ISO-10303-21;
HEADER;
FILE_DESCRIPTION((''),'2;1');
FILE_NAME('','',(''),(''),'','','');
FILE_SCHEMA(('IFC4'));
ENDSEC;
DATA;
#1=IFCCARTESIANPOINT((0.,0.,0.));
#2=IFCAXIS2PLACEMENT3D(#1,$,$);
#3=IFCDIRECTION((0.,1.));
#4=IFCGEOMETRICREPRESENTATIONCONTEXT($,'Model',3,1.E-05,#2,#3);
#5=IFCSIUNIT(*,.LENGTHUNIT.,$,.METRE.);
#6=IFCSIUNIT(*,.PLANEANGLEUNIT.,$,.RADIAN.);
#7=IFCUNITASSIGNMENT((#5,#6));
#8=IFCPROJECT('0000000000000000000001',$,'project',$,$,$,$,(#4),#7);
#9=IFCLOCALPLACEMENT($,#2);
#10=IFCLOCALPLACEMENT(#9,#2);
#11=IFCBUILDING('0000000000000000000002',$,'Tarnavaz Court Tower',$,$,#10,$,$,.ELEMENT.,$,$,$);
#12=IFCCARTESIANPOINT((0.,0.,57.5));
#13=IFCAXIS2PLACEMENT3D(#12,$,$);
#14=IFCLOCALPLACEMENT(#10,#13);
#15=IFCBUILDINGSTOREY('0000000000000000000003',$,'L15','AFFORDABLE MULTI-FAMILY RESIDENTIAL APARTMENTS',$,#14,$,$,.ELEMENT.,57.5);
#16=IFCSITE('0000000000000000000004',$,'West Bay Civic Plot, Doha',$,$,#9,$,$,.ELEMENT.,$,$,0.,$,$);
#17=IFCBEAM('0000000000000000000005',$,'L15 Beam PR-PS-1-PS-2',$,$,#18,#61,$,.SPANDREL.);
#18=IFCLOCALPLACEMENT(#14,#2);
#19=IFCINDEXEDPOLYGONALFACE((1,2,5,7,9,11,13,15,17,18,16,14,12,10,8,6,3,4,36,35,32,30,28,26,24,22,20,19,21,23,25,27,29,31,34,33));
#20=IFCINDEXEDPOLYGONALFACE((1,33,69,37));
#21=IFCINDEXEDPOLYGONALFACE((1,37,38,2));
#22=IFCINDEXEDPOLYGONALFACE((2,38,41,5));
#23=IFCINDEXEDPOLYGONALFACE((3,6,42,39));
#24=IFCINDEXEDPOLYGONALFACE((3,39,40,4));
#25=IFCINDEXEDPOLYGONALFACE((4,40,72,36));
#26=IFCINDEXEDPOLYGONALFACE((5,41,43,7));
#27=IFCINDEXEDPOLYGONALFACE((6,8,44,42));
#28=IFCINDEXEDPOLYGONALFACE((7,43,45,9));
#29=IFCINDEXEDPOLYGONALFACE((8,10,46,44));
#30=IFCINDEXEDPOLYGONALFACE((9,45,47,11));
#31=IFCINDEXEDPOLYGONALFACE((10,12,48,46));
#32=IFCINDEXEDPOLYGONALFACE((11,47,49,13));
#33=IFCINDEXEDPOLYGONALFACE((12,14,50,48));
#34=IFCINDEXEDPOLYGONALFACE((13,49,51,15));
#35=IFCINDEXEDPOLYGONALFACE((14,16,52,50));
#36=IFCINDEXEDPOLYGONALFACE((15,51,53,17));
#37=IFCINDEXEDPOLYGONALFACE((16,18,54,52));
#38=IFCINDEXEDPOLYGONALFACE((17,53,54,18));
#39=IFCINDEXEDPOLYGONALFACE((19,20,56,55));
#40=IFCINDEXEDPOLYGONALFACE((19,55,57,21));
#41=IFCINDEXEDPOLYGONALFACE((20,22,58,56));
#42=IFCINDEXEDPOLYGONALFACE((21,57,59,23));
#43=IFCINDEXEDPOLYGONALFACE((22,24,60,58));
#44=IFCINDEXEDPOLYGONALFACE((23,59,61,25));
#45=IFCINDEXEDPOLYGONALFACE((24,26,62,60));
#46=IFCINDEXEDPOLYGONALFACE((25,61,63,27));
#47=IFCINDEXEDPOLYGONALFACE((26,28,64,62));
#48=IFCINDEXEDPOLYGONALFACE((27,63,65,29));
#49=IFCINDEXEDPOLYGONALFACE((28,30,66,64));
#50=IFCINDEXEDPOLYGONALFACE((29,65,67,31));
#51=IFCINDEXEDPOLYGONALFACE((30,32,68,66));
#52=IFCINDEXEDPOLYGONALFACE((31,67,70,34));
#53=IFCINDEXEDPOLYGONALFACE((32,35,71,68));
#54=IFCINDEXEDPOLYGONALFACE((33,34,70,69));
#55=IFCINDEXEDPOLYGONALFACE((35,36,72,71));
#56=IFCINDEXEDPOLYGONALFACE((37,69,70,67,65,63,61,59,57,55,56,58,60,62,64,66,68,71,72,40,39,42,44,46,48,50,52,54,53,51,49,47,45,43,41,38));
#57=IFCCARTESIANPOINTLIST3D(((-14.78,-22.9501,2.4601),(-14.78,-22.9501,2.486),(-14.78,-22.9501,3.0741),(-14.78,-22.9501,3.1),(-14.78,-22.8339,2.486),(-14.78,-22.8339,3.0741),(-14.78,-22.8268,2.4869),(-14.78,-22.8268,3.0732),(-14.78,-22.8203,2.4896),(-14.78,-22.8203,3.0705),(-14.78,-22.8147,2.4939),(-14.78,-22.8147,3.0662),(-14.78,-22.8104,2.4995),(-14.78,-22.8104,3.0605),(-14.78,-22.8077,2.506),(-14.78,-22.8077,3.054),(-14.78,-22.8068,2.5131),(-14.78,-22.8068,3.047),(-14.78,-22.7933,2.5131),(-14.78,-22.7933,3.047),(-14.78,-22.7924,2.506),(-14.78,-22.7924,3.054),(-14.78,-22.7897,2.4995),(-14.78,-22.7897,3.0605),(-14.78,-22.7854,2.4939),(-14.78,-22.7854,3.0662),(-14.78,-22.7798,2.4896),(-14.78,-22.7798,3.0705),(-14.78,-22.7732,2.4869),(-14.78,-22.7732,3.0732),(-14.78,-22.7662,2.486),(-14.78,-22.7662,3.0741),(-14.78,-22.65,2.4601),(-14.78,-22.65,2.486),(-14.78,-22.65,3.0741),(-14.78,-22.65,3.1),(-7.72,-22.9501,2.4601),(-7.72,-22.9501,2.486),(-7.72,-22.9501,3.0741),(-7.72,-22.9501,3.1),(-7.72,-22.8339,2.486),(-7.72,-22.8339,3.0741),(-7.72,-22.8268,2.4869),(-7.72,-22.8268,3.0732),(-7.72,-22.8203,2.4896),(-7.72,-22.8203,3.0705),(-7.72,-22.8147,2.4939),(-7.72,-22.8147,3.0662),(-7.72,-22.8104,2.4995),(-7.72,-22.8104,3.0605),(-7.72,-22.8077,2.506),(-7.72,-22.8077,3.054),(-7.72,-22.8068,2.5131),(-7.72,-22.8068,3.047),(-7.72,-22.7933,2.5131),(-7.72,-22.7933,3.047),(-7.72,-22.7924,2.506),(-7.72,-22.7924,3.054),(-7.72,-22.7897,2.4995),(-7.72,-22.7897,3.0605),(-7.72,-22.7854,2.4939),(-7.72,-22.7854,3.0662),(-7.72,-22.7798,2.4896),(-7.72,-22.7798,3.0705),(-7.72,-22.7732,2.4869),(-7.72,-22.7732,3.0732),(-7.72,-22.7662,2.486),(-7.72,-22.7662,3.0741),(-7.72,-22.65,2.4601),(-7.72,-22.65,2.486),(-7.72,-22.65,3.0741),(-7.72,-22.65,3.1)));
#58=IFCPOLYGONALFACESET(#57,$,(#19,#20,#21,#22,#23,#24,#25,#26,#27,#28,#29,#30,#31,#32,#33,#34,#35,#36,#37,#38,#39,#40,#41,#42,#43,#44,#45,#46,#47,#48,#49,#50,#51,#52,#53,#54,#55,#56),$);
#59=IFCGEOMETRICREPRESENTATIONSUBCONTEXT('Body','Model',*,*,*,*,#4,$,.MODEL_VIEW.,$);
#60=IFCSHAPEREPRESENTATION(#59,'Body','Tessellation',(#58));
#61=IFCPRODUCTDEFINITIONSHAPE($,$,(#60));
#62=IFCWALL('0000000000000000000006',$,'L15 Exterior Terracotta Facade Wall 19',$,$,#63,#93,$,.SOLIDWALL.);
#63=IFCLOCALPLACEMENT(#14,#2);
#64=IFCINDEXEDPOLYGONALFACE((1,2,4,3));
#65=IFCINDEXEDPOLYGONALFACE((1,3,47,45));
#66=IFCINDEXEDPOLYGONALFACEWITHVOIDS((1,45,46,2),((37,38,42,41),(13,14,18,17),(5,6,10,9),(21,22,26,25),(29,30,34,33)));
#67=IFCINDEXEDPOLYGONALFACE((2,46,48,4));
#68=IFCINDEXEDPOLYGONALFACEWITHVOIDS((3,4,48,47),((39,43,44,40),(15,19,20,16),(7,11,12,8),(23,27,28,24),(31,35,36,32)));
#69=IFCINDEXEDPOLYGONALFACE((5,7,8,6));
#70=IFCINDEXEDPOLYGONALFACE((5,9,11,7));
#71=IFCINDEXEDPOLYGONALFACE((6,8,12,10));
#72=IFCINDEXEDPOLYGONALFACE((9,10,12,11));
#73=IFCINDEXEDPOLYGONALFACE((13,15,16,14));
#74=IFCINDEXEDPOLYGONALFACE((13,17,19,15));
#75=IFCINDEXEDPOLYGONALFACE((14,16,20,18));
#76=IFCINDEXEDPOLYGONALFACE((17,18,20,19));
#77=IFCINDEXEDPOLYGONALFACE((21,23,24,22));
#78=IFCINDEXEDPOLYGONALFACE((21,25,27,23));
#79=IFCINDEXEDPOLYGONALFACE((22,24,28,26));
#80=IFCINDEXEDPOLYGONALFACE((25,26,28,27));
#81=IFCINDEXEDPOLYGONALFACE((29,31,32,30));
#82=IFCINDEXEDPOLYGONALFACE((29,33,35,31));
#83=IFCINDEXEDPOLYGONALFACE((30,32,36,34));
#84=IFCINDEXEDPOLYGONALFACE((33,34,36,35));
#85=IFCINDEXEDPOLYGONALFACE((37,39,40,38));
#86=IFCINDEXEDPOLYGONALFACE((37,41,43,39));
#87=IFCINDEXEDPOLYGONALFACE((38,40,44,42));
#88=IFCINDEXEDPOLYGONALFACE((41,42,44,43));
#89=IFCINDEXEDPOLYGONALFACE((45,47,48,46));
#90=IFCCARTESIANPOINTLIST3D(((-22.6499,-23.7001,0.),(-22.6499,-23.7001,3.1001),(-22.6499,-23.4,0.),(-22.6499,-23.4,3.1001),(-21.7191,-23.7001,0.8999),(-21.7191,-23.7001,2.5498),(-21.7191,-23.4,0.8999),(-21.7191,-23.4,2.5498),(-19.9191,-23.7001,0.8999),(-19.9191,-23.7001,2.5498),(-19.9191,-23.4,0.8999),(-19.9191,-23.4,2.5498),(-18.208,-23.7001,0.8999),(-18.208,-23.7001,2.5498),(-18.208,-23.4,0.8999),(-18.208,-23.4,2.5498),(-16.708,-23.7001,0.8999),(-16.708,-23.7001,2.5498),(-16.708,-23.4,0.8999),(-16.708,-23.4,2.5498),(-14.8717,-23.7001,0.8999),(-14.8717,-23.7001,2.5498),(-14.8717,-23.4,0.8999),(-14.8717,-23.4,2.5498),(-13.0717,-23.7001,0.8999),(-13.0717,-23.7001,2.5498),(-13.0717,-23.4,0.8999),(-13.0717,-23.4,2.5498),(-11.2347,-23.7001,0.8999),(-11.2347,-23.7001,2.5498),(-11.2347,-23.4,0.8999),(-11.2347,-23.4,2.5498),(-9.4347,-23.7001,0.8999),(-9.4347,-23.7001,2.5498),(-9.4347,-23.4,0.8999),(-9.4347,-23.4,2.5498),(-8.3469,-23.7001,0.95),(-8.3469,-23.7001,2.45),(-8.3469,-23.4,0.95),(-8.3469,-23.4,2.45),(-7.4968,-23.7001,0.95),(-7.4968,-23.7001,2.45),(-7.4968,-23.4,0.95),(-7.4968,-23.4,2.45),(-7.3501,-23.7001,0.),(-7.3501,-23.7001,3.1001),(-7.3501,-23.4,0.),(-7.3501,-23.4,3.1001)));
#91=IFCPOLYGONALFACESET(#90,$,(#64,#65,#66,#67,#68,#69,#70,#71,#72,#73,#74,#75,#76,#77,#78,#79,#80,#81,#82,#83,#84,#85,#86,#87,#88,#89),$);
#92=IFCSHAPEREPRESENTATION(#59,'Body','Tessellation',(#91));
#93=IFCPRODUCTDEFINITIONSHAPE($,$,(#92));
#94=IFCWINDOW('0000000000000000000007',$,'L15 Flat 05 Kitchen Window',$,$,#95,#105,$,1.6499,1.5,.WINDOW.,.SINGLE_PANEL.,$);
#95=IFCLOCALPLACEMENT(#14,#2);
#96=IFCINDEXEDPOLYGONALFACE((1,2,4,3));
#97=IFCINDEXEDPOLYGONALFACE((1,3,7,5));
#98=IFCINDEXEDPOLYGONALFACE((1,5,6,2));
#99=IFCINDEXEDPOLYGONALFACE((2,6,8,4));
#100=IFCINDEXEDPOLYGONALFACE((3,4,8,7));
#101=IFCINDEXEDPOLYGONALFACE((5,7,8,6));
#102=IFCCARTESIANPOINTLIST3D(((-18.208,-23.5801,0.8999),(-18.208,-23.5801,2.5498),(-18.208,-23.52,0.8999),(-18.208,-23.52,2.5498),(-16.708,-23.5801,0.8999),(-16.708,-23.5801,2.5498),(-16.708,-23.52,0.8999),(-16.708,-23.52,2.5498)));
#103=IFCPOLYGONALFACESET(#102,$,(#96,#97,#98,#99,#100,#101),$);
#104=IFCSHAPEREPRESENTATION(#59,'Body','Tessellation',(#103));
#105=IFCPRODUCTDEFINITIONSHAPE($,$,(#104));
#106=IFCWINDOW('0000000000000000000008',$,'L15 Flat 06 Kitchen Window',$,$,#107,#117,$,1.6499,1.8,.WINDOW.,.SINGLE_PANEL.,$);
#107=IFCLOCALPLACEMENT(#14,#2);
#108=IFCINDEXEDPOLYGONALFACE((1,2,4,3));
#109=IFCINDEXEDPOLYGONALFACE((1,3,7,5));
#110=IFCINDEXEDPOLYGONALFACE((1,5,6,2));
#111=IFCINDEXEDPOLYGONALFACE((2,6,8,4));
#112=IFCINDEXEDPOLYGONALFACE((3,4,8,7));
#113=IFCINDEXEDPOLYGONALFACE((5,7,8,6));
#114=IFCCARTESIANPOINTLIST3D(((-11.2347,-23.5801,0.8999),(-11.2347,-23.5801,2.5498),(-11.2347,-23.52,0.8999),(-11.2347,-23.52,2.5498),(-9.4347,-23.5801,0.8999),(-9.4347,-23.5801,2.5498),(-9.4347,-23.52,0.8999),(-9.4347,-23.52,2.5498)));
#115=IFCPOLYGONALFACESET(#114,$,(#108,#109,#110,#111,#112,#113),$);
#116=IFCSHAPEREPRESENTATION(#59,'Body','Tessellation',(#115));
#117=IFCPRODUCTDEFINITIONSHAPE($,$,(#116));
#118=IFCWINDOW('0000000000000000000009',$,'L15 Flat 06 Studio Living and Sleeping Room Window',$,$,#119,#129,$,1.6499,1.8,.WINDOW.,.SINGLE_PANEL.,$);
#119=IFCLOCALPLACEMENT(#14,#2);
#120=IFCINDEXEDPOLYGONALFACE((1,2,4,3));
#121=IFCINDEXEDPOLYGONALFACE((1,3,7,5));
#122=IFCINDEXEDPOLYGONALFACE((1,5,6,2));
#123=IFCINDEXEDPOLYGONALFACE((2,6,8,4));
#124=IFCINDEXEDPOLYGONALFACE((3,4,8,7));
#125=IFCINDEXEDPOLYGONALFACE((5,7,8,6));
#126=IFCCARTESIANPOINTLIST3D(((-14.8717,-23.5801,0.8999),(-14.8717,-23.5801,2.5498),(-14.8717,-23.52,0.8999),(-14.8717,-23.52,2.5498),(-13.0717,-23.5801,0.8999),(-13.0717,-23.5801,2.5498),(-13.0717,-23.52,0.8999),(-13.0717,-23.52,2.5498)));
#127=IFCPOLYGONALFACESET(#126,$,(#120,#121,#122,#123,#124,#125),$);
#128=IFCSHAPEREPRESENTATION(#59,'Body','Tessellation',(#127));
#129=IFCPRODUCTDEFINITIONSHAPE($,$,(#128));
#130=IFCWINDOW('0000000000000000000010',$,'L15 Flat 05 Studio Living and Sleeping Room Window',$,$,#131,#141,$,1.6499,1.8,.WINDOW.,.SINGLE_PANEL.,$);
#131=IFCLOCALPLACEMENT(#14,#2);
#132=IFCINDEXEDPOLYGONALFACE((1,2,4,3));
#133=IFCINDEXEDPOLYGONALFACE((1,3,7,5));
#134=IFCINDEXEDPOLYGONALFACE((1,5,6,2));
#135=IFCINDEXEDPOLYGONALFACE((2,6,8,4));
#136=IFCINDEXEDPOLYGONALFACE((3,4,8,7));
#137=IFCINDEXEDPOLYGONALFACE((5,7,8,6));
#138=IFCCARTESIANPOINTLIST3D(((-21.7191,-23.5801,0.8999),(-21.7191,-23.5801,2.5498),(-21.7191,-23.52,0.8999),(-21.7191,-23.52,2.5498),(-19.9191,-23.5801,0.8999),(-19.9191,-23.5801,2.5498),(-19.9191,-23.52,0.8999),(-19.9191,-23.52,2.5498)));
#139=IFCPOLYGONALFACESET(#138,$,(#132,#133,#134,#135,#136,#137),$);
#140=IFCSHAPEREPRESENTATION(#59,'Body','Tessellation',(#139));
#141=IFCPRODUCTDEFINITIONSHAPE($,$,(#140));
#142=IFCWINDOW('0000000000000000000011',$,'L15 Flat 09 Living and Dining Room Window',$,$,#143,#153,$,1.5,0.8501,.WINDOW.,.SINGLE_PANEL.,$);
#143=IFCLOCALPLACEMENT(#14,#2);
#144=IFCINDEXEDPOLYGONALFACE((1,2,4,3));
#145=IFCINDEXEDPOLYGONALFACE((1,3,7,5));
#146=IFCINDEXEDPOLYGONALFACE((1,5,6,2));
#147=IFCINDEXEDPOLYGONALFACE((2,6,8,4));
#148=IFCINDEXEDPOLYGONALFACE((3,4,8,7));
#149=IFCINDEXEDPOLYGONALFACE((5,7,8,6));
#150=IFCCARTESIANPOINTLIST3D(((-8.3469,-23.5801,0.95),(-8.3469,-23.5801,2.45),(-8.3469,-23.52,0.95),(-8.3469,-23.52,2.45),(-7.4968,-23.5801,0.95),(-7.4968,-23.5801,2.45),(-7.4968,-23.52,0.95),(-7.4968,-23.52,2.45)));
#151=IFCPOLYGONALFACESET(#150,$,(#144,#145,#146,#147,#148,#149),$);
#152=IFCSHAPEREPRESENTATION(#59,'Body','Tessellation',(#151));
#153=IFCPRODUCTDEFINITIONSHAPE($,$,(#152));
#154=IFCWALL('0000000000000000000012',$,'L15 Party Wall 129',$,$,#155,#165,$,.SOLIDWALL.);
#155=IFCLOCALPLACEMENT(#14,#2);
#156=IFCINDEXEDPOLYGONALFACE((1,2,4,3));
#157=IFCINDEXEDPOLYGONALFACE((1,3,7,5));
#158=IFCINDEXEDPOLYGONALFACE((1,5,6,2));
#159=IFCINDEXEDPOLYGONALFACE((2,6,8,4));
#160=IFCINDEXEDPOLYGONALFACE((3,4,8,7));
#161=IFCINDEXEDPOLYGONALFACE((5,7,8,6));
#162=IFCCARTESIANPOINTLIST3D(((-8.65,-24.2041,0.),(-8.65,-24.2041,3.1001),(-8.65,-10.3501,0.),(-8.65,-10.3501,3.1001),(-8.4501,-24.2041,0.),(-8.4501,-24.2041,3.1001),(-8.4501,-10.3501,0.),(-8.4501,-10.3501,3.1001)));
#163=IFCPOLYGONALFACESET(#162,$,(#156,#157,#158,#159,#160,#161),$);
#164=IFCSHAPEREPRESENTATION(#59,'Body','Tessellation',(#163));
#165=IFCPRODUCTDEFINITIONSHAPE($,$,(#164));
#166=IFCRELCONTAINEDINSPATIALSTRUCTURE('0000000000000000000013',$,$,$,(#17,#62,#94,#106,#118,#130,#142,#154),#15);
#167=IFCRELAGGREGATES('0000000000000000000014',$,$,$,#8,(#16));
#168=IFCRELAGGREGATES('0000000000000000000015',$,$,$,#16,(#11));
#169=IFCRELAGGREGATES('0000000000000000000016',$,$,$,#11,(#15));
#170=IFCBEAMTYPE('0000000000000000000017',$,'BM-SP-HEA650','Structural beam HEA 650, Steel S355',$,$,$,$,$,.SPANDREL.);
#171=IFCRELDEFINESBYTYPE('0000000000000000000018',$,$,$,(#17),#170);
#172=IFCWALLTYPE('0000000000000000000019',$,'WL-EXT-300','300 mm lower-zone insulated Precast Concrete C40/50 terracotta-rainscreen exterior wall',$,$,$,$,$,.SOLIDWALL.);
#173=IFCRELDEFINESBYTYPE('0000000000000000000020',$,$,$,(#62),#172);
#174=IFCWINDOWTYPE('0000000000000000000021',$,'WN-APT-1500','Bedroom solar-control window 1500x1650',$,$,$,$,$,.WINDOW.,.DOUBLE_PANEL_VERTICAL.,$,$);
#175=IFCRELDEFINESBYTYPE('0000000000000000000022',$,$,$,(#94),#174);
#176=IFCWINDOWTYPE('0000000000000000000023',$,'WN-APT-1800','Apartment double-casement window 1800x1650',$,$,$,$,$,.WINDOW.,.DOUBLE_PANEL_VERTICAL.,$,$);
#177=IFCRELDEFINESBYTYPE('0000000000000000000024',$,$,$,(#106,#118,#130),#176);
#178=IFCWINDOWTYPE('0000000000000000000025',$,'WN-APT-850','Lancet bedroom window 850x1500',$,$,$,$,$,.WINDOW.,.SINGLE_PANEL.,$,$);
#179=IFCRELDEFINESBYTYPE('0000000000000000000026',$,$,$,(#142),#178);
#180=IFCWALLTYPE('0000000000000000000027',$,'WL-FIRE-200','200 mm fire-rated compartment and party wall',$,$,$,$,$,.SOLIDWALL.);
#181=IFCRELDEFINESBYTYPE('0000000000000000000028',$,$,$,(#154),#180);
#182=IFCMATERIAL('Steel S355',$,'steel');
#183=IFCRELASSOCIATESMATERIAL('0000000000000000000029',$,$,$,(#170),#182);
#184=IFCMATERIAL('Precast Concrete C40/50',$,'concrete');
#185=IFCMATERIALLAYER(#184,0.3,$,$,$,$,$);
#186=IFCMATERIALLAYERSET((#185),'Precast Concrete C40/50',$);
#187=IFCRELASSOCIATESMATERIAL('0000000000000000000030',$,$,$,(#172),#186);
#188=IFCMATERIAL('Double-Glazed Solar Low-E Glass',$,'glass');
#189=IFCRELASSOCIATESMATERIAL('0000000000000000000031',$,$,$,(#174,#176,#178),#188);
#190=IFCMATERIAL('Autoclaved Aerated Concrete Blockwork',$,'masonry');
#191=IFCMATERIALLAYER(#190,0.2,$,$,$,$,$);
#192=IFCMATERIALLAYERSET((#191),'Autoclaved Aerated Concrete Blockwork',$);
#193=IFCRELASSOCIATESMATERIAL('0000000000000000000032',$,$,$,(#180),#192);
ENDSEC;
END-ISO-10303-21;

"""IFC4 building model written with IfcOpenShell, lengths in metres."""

from ifc_helpers import new_model, si_unit, direction, frame, frame_2d, origin, origin_2d, place, context, subcontext, project, spatial, rectangle, i_section, extrude, material, layer, layer_set, material_profile, profile_set, type_object, element, fill, save


model = new_model("IFC4")

# Units and contexts
model_context = context("Model", 3, precision=1e-05, world=origin(), true_north=direction((0.0, 1.0)))
body_context = subcontext(model_context, "Body", "Model", "MODEL_VIEW")
ifc_project = project(units=[si_unit("LENGTHUNIT", "METRE"), si_unit("PLANEANGLEUNIT", "RADIAN")], contexts=[model_context])

# Site, building, storey
site_placement = place(None, origin())
site = spatial("IfcSite", under=ifc_project, at=site_placement, Name="West Bay Civic Plot, Doha", CompositionType="ELEMENT", RefElevation=0.0)
building_placement = place(site_placement, origin())
building = spatial("IfcBuilding", under=site, at=building_placement, Name="Tarnavaz Court Tower", CompositionType="ELEMENT")
storey_placement = place(building_placement, frame((0.0, 0.0, 57.5)))
storey = spatial("IfcBuildingStorey", under=building, at=storey_placement, Name="L15", Description="AFFORDABLE MULTI-FAMILY RESIDENTIAL APARTMENTS", CompositionType="ELEMENT", Elevation=57.5)

# Beam
ifc_material_1 = material(Name="Steel S355", Category="steel")
ifc_material_profile_1 = material_profile(ifc_material_1, i_section(OverallWidth=0.3, OverallDepth=0.6399, WebThickness=0.0134, FlangeThickness=0.0259, FilletRadius=0.0271, at=origin_2d()), Name="HEA 650")
ifc_profile_set_1 = profile_set([ifc_material_profile_1], Name="Steel S355")
beam_type_1 = type_object("IfcBeamType", Name="BM-SP-HEA650", Description="Structural beam HEA 650, Steel S355", PredefinedType="SPANDREL", material=ifc_profile_set_1)
beam_1_placement = place(storey_placement, frame((-14.78, -22.8, 2.78), z_axis=(1.0, 0.0, 0.0), x_axis=(0.0, 1.0, 0.0)))
element("IfcBeam", 1, at=beam_1_placement, inside=storey, type_object=beam_type_1, Name="L15 Beam PR-PS-1-PS-2", PredefinedType="SPANDREL", context=body_context, shape_type="SweptSolid", body=[
    extrude(i_section(OverallWidth=0.3, OverallDepth=0.6399, WebThickness=0.0134, FlangeThickness=0.0259, FilletRadius=0.0271, at=origin_2d()), origin(), (0.0, 0.0, 1.0), 7.0601),
])

# Wall, openings, windows
ifc_material_2 = material(Name="Precast Concrete C40/50", Category="concrete")
ifc_layer_1 = layer(ifc_material_2, 0.3)
ifc_layer_set_1 = layer_set([ifc_layer_1], Name="Precast Concrete C40/50")
wall_type_1 = type_object("IfcWallType", Name="WL-EXT-300", Description="300 mm lower-zone insulated Precast Concrete C40/50 terracotta-rainscreen exterior wall", PredefinedType="SOLIDWALL", material=ifc_layer_set_1)
wall_1_placement = place(storey_placement, frame((-7.3501, -23.55, 0.0), z_axis=(0.0, 0.0, 1.0), x_axis=(-1.0, 0.0, 0.0)))
wall_1 = element("IfcWall", 2, at=wall_1_placement, inside=storey, type_object=wall_type_1, Name="L15 Exterior Terracotta Facade Wall 19", PredefinedType="SOLIDWALL", context=body_context, shape_type="SweptSolid", body=[
    extrude(rectangle(XDim=15.2998, YDim=0.3, at=frame_2d((7.6499, 0.0))), origin(), (0.0, 0.0, 1.0), 3.1001),
])
opening_1_placement = place(wall_1_placement, frame((0.1467, 0.0, 0.95)))
opening_1 = element("IfcOpeningElement", 3, at=opening_1_placement, cuts=wall_1, PredefinedType="OPENING", context=body_context, shape_type="SweptSolid", body=[
    extrude(rectangle(XDim=0.8501, YDim=1.5, at=frame_2d((0.425, 0.75))), frame((0.0, 0.1599, 0.0), z_axis=(0.0, -1.0, 0.0), x_axis=(1.0, 0.0, 0.0)), (0.0, 0.0, 1.0), 0.3201),
])
opening_2_placement = place(wall_1_placement, frame((2.0847, 0.0, 0.8999)))
opening_2 = element("IfcOpeningElement", 4, at=opening_2_placement, cuts=wall_1, PredefinedType="OPENING", context=body_context, shape_type="SweptSolid", body=[
    extrude(rectangle(XDim=1.8, YDim=1.6499, at=frame_2d((0.8999, 0.825))), frame((0.0, 0.1599, 0.0), z_axis=(0.0, -1.0, 0.0), x_axis=(1.0, 0.0, 0.0)), (0.0, 0.0, 1.0), 0.3201),
])
opening_3_placement = place(wall_1_placement, frame((5.7217, 0.0, 0.8999)))
opening_3 = element("IfcOpeningElement", 5, at=opening_3_placement, cuts=wall_1, PredefinedType="OPENING", context=body_context, shape_type="SweptSolid", body=[
    extrude(rectangle(XDim=1.8, YDim=1.6499, at=frame_2d((0.8999, 0.825))), frame((0.0, 0.1599, 0.0), z_axis=(0.0, -1.0, 0.0), x_axis=(1.0, 0.0, 0.0)), (0.0, 0.0, 1.0), 0.3201),
])
opening_4_placement = place(wall_1_placement, frame((9.3579, 0.0, 0.8999)))
opening_4 = element("IfcOpeningElement", 6, at=opening_4_placement, cuts=wall_1, PredefinedType="OPENING", context=body_context, shape_type="SweptSolid", body=[
    extrude(rectangle(XDim=1.5, YDim=1.6499, at=frame_2d((0.75, 0.825))), frame((0.0, 0.1599, 0.0), z_axis=(0.0, -1.0, 0.0), x_axis=(1.0, 0.0, 0.0)), (0.0, 0.0, 1.0), 0.3201),
])
opening_5_placement = place(wall_1_placement, frame((12.5691, 0.0, 0.8999)))
opening_5 = element("IfcOpeningElement", 7, at=opening_5_placement, cuts=wall_1, PredefinedType="OPENING", context=body_context, shape_type="SweptSolid", body=[
    extrude(rectangle(XDim=1.8, YDim=1.6499, at=frame_2d((0.8999, 0.825))), frame((0.0, 0.1599, 0.0), z_axis=(0.0, -1.0, 0.0), x_axis=(1.0, 0.0, 0.0)), (0.0, 0.0, 1.0), 0.3201),
])
ifc_material_3 = material(Name="Double-Glazed Solar Low-E Glass", Category="glass")
window_type_1 = type_object("IfcWindowType", Name="WN-APT-1500", Description="Bedroom solar-control window 1500x1650", PartitioningType="DOUBLE_PANEL_VERTICAL", PredefinedType="WINDOW", material=ifc_material_3)
window_1_placement = place(opening_4_placement, origin())
window_1 = element("IfcWindow", 8, at=window_1_placement, inside=storey, type_object=window_type_1, Name="L15 Flat 05 Kitchen Window", OverallHeight=1.6499, OverallWidth=1.5, PartitioningType="SINGLE_PANEL", PredefinedType="WINDOW", context=body_context, shape_type="SweptSolid", body=[
    extrude(rectangle(XDim=1.5, YDim=1.6499, at=frame_2d((0.75, 0.825))), frame((0.0, 0.03, 0.0), z_axis=(0.0, -1.0, 0.0), x_axis=(1.0, 0.0, 0.0)), (0.0, 0.0, 1.0), 0.0601),
])
fill(opening_4, window_1)
window_type_2 = type_object("IfcWindowType", Name="WN-APT-1800", Description="Apartment double-casement window 1800x1650", PartitioningType="DOUBLE_PANEL_VERTICAL", PredefinedType="WINDOW", material=ifc_material_3)
window_2_placement = place(opening_2_placement, origin())
window_2 = element("IfcWindow", 9, at=window_2_placement, inside=storey, type_object=window_type_2, Name="L15 Flat 06 Kitchen Window", OverallHeight=1.6499, OverallWidth=1.8, PartitioningType="SINGLE_PANEL", PredefinedType="WINDOW", context=body_context, shape_type="SweptSolid", body=[
    extrude(rectangle(XDim=1.8, YDim=1.6499, at=frame_2d((0.8999, 0.825))), frame((0.0, 0.03, 0.0), z_axis=(0.0, -1.0, 0.0), x_axis=(1.0, 0.0, 0.0)), (0.0, 0.0, 1.0), 0.0601),
])
fill(opening_2, window_2)
window_3_placement = place(opening_3_placement, origin())
window_3 = element("IfcWindow", 10, at=window_3_placement, inside=storey, type_object=window_type_2, Name="L15 Flat 06 Studio Living and Sleeping Room Window", OverallHeight=1.6499, OverallWidth=1.8, PartitioningType="SINGLE_PANEL", PredefinedType="WINDOW", context=body_context, shape_type="SweptSolid", body=[
    extrude(rectangle(XDim=1.8, YDim=1.6499, at=frame_2d((0.8999, 0.825))), frame((0.0, 0.03, 0.0), z_axis=(0.0, -1.0, 0.0), x_axis=(1.0, 0.0, 0.0)), (0.0, 0.0, 1.0), 0.0601),
])
fill(opening_3, window_3)
window_4_placement = place(opening_5_placement, origin())
window_4 = element("IfcWindow", 11, at=window_4_placement, inside=storey, type_object=window_type_2, Name="L15 Flat 05 Studio Living and Sleeping Room Window", OverallHeight=1.6499, OverallWidth=1.8, PartitioningType="SINGLE_PANEL", PredefinedType="WINDOW", context=body_context, shape_type="SweptSolid", body=[
    extrude(rectangle(XDim=1.8, YDim=1.6499, at=frame_2d((0.8999, 0.825))), frame((0.0, 0.03, 0.0), z_axis=(0.0, -1.0, 0.0), x_axis=(1.0, 0.0, 0.0)), (0.0, 0.0, 1.0), 0.0601),
])
fill(opening_5, window_4)
window_type_3 = type_object("IfcWindowType", Name="WN-APT-850", Description="Lancet bedroom window 850x1500", PartitioningType="SINGLE_PANEL", PredefinedType="WINDOW", material=ifc_material_3)
window_5_placement = place(opening_1_placement, origin())
window_5 = element("IfcWindow", 12, at=window_5_placement, inside=storey, type_object=window_type_3, Name="L15 Flat 09 Living and Dining Room Window", OverallHeight=1.5, OverallWidth=0.8501, PartitioningType="SINGLE_PANEL", PredefinedType="WINDOW", context=body_context, shape_type="SweptSolid", body=[
    extrude(rectangle(XDim=0.8501, YDim=1.5, at=frame_2d((0.425, 0.75))), frame((0.0, 0.03, 0.0), z_axis=(0.0, -1.0, 0.0), x_axis=(1.0, 0.0, 0.0)), (0.0, 0.0, 1.0), 0.0601),
])
fill(opening_1, window_5)

# Wall
ifc_material_4 = material(Name="Autoclaved Aerated Concrete Blockwork", Category="masonry")
ifc_layer_2 = layer(ifc_material_4, 0.2)
ifc_layer_set_2 = layer_set([ifc_layer_2], Name="Autoclaved Aerated Concrete Blockwork")
wall_type_2 = type_object("IfcWallType", Name="WL-FIRE-200", Description="200 mm fire-rated compartment and party wall", PredefinedType="SOLIDWALL", material=ifc_layer_set_2)
wall_2_placement = place(storey_placement, frame((-8.55, -24.2041, 0.0), z_axis=(0.0, 0.0, 1.0), x_axis=(0.0, 1.0, 0.0)))
element("IfcWall", 13, at=wall_2_placement, inside=storey, type_object=wall_type_2, Name="L15 Party Wall 129", PredefinedType="SOLIDWALL", context=body_context, shape_type="SweptSolid", body=[
    extrude(rectangle(XDim=13.854, YDim=0.2, at=frame_2d((6.927, 0.0))), origin(), (0.0, 0.0, 1.0), 3.1001),
])

save(model, "model.ifc")
